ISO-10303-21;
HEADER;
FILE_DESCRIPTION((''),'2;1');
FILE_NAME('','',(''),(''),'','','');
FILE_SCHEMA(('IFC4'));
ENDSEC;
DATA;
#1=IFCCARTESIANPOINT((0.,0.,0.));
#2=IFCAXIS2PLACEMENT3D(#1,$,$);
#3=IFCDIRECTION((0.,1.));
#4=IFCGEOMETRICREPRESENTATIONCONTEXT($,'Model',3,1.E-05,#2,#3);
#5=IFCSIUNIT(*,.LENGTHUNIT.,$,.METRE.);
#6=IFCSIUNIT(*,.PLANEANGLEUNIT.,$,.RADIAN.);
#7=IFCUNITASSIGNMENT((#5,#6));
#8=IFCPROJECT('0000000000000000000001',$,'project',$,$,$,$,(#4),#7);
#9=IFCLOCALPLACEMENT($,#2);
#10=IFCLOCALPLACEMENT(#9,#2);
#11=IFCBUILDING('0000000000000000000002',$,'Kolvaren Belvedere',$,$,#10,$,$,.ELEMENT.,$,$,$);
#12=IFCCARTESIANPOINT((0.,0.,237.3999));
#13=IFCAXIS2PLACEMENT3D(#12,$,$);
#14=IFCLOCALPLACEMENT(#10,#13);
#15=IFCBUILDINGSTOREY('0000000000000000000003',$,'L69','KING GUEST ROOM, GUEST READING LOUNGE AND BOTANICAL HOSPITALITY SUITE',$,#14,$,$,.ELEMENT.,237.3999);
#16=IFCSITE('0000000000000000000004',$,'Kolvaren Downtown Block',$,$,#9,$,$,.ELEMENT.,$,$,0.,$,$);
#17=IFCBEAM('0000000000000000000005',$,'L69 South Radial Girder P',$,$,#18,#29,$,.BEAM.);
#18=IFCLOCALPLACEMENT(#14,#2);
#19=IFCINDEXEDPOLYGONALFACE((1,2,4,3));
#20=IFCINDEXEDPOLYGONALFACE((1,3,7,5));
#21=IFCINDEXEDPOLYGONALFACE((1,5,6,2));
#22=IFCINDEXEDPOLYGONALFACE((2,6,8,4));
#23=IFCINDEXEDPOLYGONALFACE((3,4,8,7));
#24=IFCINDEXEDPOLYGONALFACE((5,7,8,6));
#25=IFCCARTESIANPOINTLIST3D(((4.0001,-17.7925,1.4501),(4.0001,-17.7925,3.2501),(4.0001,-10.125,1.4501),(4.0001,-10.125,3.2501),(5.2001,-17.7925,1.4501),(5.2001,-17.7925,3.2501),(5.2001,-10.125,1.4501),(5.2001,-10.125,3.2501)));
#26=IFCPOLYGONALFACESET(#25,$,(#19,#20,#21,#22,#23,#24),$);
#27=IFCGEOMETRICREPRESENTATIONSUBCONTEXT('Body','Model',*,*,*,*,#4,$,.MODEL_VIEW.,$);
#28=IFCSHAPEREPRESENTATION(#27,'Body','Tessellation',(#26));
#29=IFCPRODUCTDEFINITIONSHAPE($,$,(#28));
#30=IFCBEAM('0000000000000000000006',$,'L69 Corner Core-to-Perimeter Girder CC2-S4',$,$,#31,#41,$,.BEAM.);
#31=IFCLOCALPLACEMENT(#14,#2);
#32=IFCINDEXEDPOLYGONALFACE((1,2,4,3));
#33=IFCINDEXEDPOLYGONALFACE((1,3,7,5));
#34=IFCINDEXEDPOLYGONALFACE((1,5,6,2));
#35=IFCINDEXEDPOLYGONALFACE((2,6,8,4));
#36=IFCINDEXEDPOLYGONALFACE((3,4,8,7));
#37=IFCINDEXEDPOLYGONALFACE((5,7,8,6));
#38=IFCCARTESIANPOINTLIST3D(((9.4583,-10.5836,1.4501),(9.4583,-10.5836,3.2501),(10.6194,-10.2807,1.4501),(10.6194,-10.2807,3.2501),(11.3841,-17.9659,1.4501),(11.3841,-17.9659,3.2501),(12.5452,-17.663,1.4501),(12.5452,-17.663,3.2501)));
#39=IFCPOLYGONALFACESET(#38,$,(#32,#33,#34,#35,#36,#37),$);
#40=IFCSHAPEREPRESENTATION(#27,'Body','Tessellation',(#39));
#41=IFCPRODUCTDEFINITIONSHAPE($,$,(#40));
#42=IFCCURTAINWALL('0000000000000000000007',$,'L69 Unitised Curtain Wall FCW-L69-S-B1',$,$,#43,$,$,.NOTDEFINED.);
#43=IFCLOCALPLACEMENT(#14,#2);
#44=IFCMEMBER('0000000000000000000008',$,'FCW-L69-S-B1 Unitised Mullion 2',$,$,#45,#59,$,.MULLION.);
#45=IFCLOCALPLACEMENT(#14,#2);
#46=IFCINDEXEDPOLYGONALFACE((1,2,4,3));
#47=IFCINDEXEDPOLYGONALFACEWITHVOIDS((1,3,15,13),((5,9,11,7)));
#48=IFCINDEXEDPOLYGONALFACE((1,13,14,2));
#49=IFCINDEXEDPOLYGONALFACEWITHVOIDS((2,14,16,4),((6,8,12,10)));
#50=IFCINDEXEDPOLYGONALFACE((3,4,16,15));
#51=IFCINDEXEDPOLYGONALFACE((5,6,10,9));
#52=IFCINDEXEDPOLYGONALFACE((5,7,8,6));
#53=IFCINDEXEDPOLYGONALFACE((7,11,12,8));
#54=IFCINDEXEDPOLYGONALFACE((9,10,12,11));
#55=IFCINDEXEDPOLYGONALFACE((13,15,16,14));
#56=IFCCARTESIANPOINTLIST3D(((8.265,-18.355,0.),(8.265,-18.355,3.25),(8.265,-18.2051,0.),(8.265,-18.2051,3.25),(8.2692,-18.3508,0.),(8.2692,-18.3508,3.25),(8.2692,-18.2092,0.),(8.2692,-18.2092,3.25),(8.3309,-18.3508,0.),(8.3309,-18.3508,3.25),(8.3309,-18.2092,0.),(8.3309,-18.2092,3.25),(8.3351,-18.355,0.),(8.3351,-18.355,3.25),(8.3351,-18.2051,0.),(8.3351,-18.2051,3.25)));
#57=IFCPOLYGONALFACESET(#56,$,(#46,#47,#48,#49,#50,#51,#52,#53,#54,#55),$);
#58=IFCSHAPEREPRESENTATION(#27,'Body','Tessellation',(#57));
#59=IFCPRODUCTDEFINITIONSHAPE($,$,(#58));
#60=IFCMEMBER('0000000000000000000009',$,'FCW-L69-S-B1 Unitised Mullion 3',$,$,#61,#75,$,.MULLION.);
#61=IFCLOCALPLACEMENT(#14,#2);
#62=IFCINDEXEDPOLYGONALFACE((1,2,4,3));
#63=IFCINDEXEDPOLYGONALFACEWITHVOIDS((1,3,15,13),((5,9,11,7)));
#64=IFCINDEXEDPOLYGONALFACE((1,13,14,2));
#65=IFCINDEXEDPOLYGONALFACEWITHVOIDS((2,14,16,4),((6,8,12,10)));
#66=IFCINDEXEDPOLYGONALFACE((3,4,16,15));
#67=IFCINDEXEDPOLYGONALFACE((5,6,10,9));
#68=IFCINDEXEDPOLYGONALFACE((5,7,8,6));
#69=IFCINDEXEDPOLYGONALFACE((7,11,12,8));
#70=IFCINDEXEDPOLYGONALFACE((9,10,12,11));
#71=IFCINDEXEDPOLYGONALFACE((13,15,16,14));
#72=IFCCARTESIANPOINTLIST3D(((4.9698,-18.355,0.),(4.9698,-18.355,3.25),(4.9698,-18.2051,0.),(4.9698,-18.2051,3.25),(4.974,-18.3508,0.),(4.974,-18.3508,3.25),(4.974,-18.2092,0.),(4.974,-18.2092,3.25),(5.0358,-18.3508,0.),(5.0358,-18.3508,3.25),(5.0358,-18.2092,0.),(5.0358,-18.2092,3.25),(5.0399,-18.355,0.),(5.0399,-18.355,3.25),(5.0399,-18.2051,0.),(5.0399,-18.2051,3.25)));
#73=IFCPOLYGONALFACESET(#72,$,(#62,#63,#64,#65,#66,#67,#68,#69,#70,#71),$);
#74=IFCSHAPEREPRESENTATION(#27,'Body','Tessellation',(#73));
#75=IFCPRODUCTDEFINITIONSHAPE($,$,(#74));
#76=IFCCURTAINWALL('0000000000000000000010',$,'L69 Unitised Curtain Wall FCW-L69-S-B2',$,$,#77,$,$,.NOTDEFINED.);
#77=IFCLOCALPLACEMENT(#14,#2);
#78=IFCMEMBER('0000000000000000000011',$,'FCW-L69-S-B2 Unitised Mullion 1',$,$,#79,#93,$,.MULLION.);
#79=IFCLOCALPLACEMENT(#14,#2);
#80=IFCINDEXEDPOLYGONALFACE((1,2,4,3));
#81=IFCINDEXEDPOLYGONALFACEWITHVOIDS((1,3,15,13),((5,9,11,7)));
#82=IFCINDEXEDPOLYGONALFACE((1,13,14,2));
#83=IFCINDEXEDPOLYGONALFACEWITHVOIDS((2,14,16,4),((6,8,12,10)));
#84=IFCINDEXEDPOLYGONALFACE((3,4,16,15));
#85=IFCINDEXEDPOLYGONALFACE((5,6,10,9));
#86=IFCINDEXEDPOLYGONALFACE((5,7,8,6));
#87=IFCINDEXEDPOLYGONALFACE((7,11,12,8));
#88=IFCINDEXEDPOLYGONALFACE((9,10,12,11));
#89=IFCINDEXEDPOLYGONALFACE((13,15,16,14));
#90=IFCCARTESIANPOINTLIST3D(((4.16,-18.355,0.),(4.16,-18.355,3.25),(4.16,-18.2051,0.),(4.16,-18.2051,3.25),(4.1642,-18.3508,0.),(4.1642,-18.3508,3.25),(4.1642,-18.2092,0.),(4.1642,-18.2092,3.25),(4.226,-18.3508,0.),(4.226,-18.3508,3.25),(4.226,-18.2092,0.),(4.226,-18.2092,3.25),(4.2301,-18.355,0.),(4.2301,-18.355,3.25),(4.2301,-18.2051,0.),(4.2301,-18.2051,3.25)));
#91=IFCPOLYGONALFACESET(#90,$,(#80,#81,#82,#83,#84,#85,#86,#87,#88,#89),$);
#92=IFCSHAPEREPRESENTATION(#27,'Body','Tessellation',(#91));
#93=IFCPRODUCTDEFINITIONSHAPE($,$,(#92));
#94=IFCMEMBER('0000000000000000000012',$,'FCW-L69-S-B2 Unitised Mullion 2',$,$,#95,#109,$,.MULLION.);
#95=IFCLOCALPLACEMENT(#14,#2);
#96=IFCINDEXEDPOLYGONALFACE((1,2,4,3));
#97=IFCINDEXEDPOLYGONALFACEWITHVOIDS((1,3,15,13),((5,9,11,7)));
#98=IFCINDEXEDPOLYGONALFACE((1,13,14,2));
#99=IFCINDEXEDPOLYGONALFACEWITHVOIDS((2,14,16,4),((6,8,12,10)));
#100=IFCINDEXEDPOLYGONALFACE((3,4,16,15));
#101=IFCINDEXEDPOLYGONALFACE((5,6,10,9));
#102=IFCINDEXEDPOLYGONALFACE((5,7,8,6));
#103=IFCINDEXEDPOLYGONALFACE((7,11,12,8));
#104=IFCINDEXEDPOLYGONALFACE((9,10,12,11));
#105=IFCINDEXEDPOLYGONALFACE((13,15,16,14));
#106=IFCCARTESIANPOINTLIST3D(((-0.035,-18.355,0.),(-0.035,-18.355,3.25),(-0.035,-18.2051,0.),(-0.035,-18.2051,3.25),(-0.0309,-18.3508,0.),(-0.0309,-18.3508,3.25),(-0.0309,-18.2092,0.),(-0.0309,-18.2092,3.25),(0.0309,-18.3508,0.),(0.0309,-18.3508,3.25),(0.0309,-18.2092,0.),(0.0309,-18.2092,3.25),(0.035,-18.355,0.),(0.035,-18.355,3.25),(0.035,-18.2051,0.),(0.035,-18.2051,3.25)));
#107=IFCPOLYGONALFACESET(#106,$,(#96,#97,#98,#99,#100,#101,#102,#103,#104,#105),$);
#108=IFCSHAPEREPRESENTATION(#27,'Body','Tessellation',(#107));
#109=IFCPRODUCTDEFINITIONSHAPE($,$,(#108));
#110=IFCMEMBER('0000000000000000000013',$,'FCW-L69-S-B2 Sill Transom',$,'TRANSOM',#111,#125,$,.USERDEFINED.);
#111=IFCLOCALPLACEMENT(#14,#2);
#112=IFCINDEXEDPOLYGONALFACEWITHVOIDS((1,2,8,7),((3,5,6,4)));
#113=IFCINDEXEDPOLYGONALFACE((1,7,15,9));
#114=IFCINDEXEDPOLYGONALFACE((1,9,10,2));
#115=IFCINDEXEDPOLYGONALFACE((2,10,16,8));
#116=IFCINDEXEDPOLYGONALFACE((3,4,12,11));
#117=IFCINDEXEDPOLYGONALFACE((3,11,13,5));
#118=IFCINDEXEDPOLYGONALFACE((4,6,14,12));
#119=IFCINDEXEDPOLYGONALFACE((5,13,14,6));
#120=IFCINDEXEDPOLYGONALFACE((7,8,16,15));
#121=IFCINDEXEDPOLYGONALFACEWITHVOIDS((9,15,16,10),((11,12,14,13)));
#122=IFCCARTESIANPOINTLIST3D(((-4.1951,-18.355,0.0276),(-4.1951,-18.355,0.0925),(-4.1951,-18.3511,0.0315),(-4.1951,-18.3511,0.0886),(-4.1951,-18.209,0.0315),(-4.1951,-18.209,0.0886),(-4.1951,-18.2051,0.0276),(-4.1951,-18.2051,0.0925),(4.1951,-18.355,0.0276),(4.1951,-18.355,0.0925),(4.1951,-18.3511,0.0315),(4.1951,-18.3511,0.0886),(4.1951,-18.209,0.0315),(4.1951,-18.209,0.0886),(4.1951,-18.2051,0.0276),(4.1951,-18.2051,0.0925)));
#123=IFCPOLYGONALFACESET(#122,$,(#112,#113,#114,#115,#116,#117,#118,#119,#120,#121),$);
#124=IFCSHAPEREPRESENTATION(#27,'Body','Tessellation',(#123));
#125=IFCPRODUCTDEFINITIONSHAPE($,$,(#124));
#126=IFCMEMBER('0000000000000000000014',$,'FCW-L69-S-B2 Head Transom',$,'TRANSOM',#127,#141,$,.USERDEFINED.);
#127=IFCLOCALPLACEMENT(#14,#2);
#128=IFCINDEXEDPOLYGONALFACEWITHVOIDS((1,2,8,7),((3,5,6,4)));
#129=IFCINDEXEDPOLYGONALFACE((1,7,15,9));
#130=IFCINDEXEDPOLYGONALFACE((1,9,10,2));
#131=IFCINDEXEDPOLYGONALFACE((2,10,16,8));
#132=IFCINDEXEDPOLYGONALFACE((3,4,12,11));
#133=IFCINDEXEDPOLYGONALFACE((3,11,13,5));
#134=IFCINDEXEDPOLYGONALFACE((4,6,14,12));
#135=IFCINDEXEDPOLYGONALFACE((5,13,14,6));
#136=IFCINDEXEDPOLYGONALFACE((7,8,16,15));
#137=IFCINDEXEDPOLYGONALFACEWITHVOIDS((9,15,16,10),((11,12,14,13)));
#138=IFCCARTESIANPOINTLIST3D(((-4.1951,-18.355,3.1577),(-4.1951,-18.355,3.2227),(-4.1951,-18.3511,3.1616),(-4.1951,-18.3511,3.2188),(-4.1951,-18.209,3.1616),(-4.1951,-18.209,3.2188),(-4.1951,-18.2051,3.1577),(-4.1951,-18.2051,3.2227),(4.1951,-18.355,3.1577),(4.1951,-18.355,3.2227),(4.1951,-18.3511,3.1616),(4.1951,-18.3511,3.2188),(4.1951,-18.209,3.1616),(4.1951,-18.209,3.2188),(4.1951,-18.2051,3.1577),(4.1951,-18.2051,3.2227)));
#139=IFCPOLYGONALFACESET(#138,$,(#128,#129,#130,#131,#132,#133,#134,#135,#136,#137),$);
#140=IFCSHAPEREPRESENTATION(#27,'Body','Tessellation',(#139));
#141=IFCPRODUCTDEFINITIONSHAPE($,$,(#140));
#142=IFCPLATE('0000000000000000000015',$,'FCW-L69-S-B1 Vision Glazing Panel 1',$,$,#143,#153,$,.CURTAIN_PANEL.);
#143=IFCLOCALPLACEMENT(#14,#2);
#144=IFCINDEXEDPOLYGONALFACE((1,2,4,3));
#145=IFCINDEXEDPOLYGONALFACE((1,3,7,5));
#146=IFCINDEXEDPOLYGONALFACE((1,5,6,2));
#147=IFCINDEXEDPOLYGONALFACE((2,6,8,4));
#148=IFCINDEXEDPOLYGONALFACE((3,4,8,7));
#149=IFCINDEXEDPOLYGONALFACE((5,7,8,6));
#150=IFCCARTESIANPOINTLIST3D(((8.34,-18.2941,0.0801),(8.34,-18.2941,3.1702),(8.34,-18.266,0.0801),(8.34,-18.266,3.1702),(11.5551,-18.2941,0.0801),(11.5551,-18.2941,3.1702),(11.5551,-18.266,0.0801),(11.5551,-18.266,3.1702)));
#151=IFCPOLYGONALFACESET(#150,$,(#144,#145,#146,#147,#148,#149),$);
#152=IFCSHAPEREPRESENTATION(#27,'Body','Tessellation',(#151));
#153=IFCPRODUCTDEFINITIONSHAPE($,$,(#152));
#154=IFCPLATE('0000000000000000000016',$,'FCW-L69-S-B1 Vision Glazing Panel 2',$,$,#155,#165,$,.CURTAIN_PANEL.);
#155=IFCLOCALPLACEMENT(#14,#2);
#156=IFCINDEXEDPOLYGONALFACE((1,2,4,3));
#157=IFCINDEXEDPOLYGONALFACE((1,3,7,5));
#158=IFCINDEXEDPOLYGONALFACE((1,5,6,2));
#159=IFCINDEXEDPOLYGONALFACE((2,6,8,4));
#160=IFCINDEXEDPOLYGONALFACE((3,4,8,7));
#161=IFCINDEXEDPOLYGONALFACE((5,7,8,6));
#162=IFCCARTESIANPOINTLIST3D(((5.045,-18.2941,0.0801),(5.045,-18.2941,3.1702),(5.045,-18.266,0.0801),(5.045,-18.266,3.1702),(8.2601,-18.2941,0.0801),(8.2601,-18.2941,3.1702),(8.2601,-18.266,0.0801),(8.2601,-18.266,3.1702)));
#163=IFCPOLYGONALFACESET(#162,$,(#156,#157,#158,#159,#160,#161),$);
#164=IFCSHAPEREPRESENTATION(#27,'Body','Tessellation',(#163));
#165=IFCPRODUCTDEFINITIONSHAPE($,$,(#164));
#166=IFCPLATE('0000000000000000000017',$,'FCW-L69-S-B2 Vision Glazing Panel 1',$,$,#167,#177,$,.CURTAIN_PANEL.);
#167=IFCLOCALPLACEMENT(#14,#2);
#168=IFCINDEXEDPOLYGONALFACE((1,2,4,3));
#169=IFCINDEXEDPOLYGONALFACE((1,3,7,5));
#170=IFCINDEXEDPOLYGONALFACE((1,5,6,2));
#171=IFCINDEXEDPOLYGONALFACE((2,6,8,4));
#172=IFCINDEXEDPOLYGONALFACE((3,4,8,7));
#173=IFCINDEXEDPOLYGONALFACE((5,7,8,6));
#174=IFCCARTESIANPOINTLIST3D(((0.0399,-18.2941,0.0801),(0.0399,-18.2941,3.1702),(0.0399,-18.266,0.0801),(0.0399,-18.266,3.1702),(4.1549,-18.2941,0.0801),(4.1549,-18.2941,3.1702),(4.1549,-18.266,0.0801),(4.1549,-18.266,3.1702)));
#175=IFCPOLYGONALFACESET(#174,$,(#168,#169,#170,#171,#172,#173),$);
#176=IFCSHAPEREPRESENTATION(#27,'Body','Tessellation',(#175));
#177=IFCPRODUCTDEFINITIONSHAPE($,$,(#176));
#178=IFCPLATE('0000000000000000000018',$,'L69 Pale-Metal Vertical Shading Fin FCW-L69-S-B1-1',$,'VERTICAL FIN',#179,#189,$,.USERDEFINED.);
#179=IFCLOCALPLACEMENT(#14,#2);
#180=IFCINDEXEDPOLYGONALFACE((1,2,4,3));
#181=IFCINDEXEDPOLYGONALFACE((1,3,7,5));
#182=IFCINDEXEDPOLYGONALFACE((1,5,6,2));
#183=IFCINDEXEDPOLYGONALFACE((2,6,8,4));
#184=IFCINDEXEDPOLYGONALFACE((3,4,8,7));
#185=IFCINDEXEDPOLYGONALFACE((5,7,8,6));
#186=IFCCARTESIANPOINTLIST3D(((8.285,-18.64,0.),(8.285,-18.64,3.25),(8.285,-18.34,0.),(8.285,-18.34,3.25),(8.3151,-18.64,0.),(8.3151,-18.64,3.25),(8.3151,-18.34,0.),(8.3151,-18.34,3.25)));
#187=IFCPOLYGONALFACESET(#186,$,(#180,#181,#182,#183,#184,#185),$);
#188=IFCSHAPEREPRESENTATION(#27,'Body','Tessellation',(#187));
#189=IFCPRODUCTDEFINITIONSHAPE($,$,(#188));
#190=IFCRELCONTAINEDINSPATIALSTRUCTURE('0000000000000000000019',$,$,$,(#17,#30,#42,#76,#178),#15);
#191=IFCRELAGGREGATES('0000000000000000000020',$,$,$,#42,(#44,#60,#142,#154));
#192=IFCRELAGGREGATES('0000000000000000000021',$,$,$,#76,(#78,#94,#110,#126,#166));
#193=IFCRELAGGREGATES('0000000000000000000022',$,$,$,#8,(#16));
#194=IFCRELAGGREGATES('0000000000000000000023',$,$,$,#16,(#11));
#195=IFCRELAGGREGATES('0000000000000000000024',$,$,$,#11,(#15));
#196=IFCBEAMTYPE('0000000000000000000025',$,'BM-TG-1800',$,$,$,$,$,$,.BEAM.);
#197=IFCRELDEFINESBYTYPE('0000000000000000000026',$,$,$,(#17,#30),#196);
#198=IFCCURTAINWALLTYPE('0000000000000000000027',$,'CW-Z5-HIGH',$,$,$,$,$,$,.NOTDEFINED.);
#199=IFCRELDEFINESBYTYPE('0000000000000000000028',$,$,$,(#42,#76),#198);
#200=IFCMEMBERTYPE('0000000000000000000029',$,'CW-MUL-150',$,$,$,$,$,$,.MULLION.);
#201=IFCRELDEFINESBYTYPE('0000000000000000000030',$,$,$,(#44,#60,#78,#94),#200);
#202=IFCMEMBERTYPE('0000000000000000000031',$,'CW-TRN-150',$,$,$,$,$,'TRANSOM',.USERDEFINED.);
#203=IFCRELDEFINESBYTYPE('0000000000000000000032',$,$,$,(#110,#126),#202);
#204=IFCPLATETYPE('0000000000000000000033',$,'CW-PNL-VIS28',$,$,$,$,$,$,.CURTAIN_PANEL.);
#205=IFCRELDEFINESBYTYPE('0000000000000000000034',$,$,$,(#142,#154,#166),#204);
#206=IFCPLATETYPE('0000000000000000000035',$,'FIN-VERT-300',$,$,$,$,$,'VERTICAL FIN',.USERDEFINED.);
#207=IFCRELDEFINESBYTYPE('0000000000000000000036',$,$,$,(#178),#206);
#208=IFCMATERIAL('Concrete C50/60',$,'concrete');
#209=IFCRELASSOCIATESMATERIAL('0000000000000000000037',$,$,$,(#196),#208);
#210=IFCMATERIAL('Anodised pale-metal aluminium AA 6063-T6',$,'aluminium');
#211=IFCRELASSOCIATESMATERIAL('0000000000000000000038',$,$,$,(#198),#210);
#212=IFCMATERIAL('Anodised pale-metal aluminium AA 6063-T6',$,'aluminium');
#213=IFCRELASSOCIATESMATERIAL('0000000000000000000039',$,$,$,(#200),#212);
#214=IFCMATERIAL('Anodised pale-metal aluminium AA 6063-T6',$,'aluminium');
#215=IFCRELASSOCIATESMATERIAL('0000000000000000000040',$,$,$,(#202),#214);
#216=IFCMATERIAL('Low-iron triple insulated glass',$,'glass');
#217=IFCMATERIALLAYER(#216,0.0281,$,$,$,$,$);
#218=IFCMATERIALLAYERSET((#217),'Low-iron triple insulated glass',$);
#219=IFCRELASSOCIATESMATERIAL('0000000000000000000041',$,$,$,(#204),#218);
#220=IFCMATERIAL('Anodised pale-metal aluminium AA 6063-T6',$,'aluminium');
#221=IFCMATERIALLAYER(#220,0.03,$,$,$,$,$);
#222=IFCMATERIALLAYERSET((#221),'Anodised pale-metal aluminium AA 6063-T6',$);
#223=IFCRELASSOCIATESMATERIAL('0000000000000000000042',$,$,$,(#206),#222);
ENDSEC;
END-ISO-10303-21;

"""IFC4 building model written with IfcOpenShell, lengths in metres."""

from ifc_helpers import new_model, si_unit, direction, frame, origin, origin_2d, place, context, subcontext, project, spatial, rectangle, hollow_rectangle, extrude, material, layer, layer_set, material_profile, profile_set, type_object, element, aggregate, save


model = new_model("IFC4")

# Units and contexts
model_context = context("Model", 3, precision=1e-05, world=origin(), true_north=direction((0.0, 1.0)))
body_context = subcontext(model_context, "Body", "Model", "MODEL_VIEW")
ifc_project = project(units=[si_unit("LENGTHUNIT", "METRE"), si_unit("PLANEANGLEUNIT", "RADIAN")], contexts=[model_context])

# Site, building, storey
site_placement = place(None, origin())
site = spatial("IfcSite", under=ifc_project, at=site_placement, Name="Kolvaren Downtown Block", CompositionType="ELEMENT", RefElevation=0.0)
building_placement = place(site_placement, origin())
building = spatial("IfcBuilding", under=site, at=building_placement, Name="Kolvaren Belvedere", CompositionType="ELEMENT")
storey_placement = place(building_placement, frame((0.0, 0.0, 237.3999)))
storey = spatial("IfcBuildingStorey", under=building, at=storey_placement, Name="L69", Description="KING GUEST ROOM, GUEST READING LOUNGE AND BOTANICAL HOSPITALITY SUITE", CompositionType="ELEMENT", Elevation=237.3999)

# Beams
ifc_material_1 = material(Name="Concrete C50/60", Category="concrete")
ifc_material_profile_1 = material_profile(ifc_material_1, rectangle(XDim=1.2, YDim=1.8, at=origin_2d()), Name="RC 1200X1800")
ifc_profile_set_1 = profile_set([ifc_material_profile_1], Name="Concrete C50/60")
beam_type_1 = type_object("IfcBeamType", Name="BM-TG-1800", PredefinedType="BEAM", material=ifc_profile_set_1)
beam_1_placement = place(storey_placement, frame((4.6001, -10.125, 2.3501), z_axis=(0.0, -1.0, 0.0), x_axis=(1.0, 0.0, 0.0)))
element("IfcBeam", 1, at=beam_1_placement, inside=storey, type_object=beam_type_1, Name="L69 South Radial Girder P", PredefinedType="BEAM", context=body_context, shape_type="SweptSolid", body=[
    extrude(rectangle(XDim=1.2, YDim=1.8, at=origin_2d()), origin(), (0.0, 0.0, 1.0), 7.6675),
])
beam_2_placement = place(storey_placement, frame((10.0388, -10.4321, 2.3501), z_axis=(0.252417, -0.967619, 0.0), x_axis=(0.967619, 0.252417, 0.0)))
element("IfcBeam", 2, at=beam_2_placement, inside=storey, type_object=beam_type_1, Name="L69 Corner Core-to-Perimeter Girder CC2-S4", PredefinedType="BEAM", context=body_context, shape_type="SweptSolid", body=[
    extrude(rectangle(XDim=1.2, YDim=1.8, at=origin_2d()), origin(), (0.0, 0.0, 1.0), 7.6294),
])

# Curtain walls, members
ifc_material_2 = material(Name="Anodised pale-metal aluminium AA 6063-T6", Category="aluminium")
curtain_wall_type = type_object("IfcCurtainWallType", Name="CW-Z5-HIGH", PredefinedType="NOTDEFINED", material=ifc_material_2)
curtain_wall_1_placement = place(storey_placement, origin())
curtain_wall_1 = element("IfcCurtainWall", 3, at=curtain_wall_1_placement, inside=storey, type_object=curtain_wall_type, Name="L69 Unitised Curtain Wall FCW-L69-S-B1", PredefinedType="NOTDEFINED")
ifc_material_3 = material(Name="Anodised pale-metal aluminium AA 6063-T6", Category="aluminium")
ifc_material_profile_2 = material_profile(ifc_material_3, hollow_rectangle(XDim=0.0701, YDim=0.1499, WallThickness=0.0042, at=origin_2d()), Name="ALU-MUL-150X70")
ifc_profile_set_2 = profile_set([ifc_material_profile_2], Name="Anodised pale-metal aluminium AA 6063-T6")
member_type_1 = type_object("IfcMemberType", Name="CW-MUL-150", PredefinedType="MULLION", material=ifc_profile_set_2)
member_1_placement = place(storey_placement, frame((8.3, -18.28, 0.0), z_axis=(0.0, 0.0, 1.0), x_axis=(1.0, 0.0, 0.0)))
member_1 = element("IfcMember", 4, at=member_1_placement, type_object=member_type_1, Name="FCW-L69-S-B1 Unitised Mullion 2", PredefinedType="MULLION", context=body_context, shape_type="SweptSolid", body=[
    extrude(hollow_rectangle(XDim=0.0701, YDim=0.1499, WallThickness=0.0042, at=origin_2d()), origin(), (0.0, 0.0, 1.0), 3.25),
])
member_2_placement = place(storey_placement, frame((5.0049, -18.28, 0.0), z_axis=(0.0, 0.0, 1.0), x_axis=(1.0, 0.0, 0.0)))
member_2 = element("IfcMember", 5, at=member_2_placement, type_object=member_type_1, Name="FCW-L69-S-B1 Unitised Mullion 3", PredefinedType="MULLION", context=body_context, shape_type="SweptSolid", body=[
    extrude(hollow_rectangle(XDim=0.0701, YDim=0.1499, WallThickness=0.0042, at=origin_2d()), origin(), (0.0, 0.0, 1.0), 3.25),
])
curtain_wall_2_placement = place(storey_placement, origin())
curtain_wall_2 = element("IfcCurtainWall", 6, at=curtain_wall_2_placement, inside=storey, type_object=curtain_wall_type, Name="L69 Unitised Curtain Wall FCW-L69-S-B2", PredefinedType="NOTDEFINED")
member_3_placement = place(storey_placement, frame((4.1951, -18.28, 0.0), z_axis=(0.0, 0.0, 1.0), x_axis=(1.0, 0.0, 0.0)))
member_3 = element("IfcMember", 7, at=member_3_placement, type_object=member_type_1, Name="FCW-L69-S-B2 Unitised Mullion 1", PredefinedType="MULLION", context=body_context, shape_type="SweptSolid", body=[
    extrude(hollow_rectangle(XDim=0.0701, YDim=0.1499, WallThickness=0.0042, at=origin_2d()), origin(), (0.0, 0.0, 1.0), 3.25),
])
member_4_placement = place(storey_placement, frame((0.0, -18.28, 0.0), z_axis=(0.0, 0.0, 1.0), x_axis=(1.0, 0.0, 0.0)))
member_4 = element("IfcMember", 8, at=member_4_placement, type_object=member_type_1, Name="FCW-L69-S-B2 Unitised Mullion 2", PredefinedType="MULLION", context=body_context, shape_type="SweptSolid", body=[
    extrude(hollow_rectangle(XDim=0.0701, YDim=0.1499, WallThickness=0.0042, at=origin_2d()), origin(), (0.0, 0.0, 1.0), 3.25),
])
ifc_material_4 = material(Name="Anodised pale-metal aluminium AA 6063-T6", Category="aluminium")
ifc_material_profile_3 = material_profile(ifc_material_4, hollow_rectangle(XDim=0.0649, YDim=0.1499, WallThickness=0.0039, at=origin_2d()), Name="ALU-TRN-150X65")
ifc_profile_set_3 = profile_set([ifc_material_profile_3], Name="Anodised pale-metal aluminium AA 6063-T6")
member_type_2 = type_object("IfcMemberType", Name="CW-TRN-150", ElementType="TRANSOM", PredefinedType="USERDEFINED", material=ifc_profile_set_3)
member_5_placement = place(storey_placement, frame((4.1951, -18.28, 0.0601), z_axis=(-1.0, 0.0, 0.0), x_axis=(0.0, 0.0, 1.0)))
member_5 = element("IfcMember", 9, at=member_5_placement, type_object=member_type_2, Name="FCW-L69-S-B2 Sill Transom", ObjectType="TRANSOM", PredefinedType="USERDEFINED", context=body_context, shape_type="SweptSolid", body=[
    extrude(hollow_rectangle(XDim=0.0649, YDim=0.1499, WallThickness=0.0039, at=origin_2d()), origin(), (0.0, 0.0, 1.0), 8.3901),
])
member_6_placement = place(storey_placement, frame((4.1951, -18.28, 3.1902), z_axis=(-1.0, 0.0, 0.0), x_axis=(0.0, 0.0, 1.0)))
member_6 = element("IfcMember", 10, at=member_6_placement, type_object=member_type_2, Name="FCW-L69-S-B2 Head Transom", ObjectType="TRANSOM", PredefinedType="USERDEFINED", context=body_context, shape_type="SweptSolid", body=[
    extrude(hollow_rectangle(XDim=0.0649, YDim=0.1499, WallThickness=0.0039, at=origin_2d()), origin(), (0.0, 0.0, 1.0), 8.3901),
])

# Plates
ifc_material_5 = material(Name="Low-iron triple insulated glass", Category="glass")
ifc_layer_1 = layer(ifc_material_5, 0.0281)
ifc_layer_set_1 = layer_set([ifc_layer_1], Name="Low-iron triple insulated glass")
plate_type_1 = type_object("IfcPlateType", Name="CW-PNL-VIS28", PredefinedType="CURTAIN_PANEL", material=ifc_layer_set_1)
plate_1_placement = place(storey_placement, frame((9.9475, -18.28, 0.0801), z_axis=(0.0, 0.0, 1.0), x_axis=(-1.0, 0.0, 0.0)))
plate_1 = element("IfcPlate", 11, at=plate_1_placement, type_object=plate_type_1, Name="FCW-L69-S-B1 Vision Glazing Panel 1", PredefinedType="CURTAIN_PANEL", context=body_context, shape_type="SweptSolid", body=[
    extrude(rectangle(XDim=3.2151, YDim=0.0281, at=origin_2d()), origin(), (0.0, 0.0, 1.0), 3.0901),
])
plate_2_placement = place(storey_placement, frame((6.6526, -18.28, 0.0801), z_axis=(0.0, 0.0, 1.0), x_axis=(-1.0, 0.0, 0.0)))
plate_2 = element("IfcPlate", 12, at=plate_2_placement, type_object=plate_type_1, Name="FCW-L69-S-B1 Vision Glazing Panel 2", PredefinedType="CURTAIN_PANEL", context=body_context, shape_type="SweptSolid", body=[
    extrude(rectangle(XDim=3.2151, YDim=0.0281, at=origin_2d()), origin(), (0.0, 0.0, 1.0), 3.0901),
])
aggregate(curtain_wall_1, [member_1, member_2, plate_1, plate_2])
plate_3_placement = place(storey_placement, frame((2.0974, -18.28, 0.0801), z_axis=(0.0, 0.0, 1.0), x_axis=(-1.0, 0.0, 0.0)))
plate_3 = element("IfcPlate", 13, at=plate_3_placement, type_object=plate_type_1, Name="FCW-L69-S-B2 Vision Glazing Panel 1", PredefinedType="CURTAIN_PANEL", context=body_context, shape_type="SweptSolid", body=[
    extrude(rectangle(XDim=4.115, YDim=0.0281, at=origin_2d()), origin(), (0.0, 0.0, 1.0), 3.0901),
])
aggregate(curtain_wall_2, [member_3, member_4, member_5, member_6, plate_3])

# Plate
ifc_material_6 = material(Name="Anodised pale-metal aluminium AA 6063-T6", Category="aluminium")
ifc_layer_2 = layer(ifc_material_6, 0.03)
ifc_layer_set_2 = layer_set([ifc_layer_2], Name="Anodised pale-metal aluminium AA 6063-T6")
plate_type_2 = type_object("IfcPlateType", Name="FIN-VERT-300", ElementType="VERTICAL FIN", PredefinedType="USERDEFINED", material=ifc_layer_set_2)
for number, where, z_axis, x_axis, name in (
    (14, (8.3, -18.49, 0.0), (0.0, 0.0, 1.0), (0.0, 1.0, 0.0), "L69 Pale-Metal Vertical Shading Fin FCW-L69-S-B1-1"),
):
    element("IfcPlate", number, at=place(storey_placement, frame(where, z_axis=z_axis, x_axis=x_axis)), inside=storey, type_object=plate_type_2, Name=name, ObjectType="VERTICAL FIN", PredefinedType="USERDEFINED", context=body_context, shape_type="SweptSolid", body=[
        extrude(rectangle(XDim=0.3, YDim=0.03, at=origin_2d()), origin(), (0.0, 0.0, 1.0), 3.25),
    ])

save(model, "model.ifc")
